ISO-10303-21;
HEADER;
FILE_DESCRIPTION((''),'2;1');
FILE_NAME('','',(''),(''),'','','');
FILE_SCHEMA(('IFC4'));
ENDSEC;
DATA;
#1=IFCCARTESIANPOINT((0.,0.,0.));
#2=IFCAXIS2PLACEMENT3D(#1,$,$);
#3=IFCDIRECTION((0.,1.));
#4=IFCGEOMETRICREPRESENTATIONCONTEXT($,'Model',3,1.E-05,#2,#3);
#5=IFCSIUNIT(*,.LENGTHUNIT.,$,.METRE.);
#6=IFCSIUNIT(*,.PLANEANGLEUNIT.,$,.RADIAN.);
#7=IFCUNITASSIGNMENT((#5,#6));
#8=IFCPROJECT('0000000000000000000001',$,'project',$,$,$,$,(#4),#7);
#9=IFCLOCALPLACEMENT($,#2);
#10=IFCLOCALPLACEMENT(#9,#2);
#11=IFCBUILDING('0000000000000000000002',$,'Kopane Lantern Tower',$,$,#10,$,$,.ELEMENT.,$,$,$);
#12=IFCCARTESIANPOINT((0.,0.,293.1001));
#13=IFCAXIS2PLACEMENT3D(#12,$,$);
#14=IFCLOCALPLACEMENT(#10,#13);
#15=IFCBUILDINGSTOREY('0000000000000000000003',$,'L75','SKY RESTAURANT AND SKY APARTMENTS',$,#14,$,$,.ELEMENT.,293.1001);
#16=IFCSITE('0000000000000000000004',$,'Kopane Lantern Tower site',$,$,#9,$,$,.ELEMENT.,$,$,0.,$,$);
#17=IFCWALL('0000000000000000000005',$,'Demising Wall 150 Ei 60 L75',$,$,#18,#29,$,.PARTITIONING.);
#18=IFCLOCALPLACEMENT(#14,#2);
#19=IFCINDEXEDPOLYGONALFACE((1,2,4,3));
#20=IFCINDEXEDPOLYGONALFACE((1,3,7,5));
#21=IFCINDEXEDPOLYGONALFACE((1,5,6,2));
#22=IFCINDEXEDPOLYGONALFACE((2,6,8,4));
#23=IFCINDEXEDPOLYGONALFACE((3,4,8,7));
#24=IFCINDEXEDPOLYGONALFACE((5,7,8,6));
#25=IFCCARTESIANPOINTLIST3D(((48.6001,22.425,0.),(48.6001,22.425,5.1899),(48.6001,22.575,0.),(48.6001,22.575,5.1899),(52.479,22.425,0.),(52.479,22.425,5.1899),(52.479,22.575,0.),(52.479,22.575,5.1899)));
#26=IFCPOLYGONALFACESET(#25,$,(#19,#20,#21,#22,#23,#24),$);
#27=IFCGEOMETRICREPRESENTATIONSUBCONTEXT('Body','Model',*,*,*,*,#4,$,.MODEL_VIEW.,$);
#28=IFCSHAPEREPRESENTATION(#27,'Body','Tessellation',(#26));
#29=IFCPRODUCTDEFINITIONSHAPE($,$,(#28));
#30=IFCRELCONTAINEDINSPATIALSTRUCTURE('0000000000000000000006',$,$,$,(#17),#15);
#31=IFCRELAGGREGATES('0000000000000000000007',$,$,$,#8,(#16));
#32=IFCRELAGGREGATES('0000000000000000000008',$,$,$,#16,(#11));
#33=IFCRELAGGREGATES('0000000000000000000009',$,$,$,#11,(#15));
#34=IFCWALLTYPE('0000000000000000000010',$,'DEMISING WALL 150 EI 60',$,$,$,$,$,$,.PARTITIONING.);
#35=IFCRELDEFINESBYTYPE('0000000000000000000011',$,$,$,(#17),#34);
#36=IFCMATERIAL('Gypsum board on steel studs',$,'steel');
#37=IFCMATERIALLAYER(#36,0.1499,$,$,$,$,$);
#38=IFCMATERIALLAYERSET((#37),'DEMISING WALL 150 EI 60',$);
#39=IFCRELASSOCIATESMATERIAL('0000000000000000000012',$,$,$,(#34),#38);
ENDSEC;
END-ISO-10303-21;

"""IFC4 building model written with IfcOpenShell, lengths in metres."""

from ifc_helpers import new_model, si_unit, direction, frame, frame_2d, origin, place, context, subcontext, project, spatial, rectangle, extrude, material, layer, layer_set, type_object, element, save


model = new_model("IFC4")

# Units and contexts
model_context = context("Model", 3, precision=1e-05, world=origin(), true_north=direction((0.0, 1.0)))
body_context = subcontext(model_context, "Body", "Model", "MODEL_VIEW")
ifc_project = project(units=[si_unit("LENGTHUNIT", "METRE"), si_unit("PLANEANGLEUNIT", "RADIAN")], contexts=[model_context])

# Site, building, storey
site_placement = place(None, origin())
site = spatial("IfcSite", under=ifc_project, at=site_placement, Name="Kopane Lantern Tower site", CompositionType="ELEMENT", RefElevation=0.0)
building_placement = place(site_placement, origin())
building = spatial("IfcBuilding", under=site, at=building_placement, Name="Kopane Lantern Tower", CompositionType="ELEMENT")
storey_placement = place(building_placement, frame((0.0, 0.0, 293.1001)))
storey = spatial("IfcBuildingStorey", under=building, at=storey_placement, Name="L75", Description="SKY RESTAURANT AND SKY APARTMENTS", CompositionType="ELEMENT", Elevation=293.1001)

# Wall
ifc_material_1 = material(Name="Gypsum board on steel studs", Category="steel")
ifc_layer_1 = layer(ifc_material_1, 0.1499)
ifc_layer_set_1 = layer_set([ifc_layer_1], Name="DEMISING WALL 150 EI 60")
wall_type_1 = type_object("IfcWallType", Name="DEMISING WALL 150 EI 60", PredefinedType="PARTITIONING", material=ifc_layer_set_1)
wall_1_placement = place(storey_placement, frame((48.6001, 22.5, 0.0), z_axis=(0.0, 0.0, 1.0), x_axis=(1.0, 0.0, 0.0)))
element("IfcWall", 1, at=wall_1_placement, inside=storey, type_object=wall_type_1, Name="Demising Wall 150 Ei 60 L75", PredefinedType="PARTITIONING", context=body_context, shape_type="SweptSolid", body=[
    extrude(rectangle(XDim=3.8789, YDim=0.1499, at=frame_2d((1.9395, 0.0))), origin(), (0.0, 0.0, 1.0), 5.1899),
])

save(model, "model.ifc")
